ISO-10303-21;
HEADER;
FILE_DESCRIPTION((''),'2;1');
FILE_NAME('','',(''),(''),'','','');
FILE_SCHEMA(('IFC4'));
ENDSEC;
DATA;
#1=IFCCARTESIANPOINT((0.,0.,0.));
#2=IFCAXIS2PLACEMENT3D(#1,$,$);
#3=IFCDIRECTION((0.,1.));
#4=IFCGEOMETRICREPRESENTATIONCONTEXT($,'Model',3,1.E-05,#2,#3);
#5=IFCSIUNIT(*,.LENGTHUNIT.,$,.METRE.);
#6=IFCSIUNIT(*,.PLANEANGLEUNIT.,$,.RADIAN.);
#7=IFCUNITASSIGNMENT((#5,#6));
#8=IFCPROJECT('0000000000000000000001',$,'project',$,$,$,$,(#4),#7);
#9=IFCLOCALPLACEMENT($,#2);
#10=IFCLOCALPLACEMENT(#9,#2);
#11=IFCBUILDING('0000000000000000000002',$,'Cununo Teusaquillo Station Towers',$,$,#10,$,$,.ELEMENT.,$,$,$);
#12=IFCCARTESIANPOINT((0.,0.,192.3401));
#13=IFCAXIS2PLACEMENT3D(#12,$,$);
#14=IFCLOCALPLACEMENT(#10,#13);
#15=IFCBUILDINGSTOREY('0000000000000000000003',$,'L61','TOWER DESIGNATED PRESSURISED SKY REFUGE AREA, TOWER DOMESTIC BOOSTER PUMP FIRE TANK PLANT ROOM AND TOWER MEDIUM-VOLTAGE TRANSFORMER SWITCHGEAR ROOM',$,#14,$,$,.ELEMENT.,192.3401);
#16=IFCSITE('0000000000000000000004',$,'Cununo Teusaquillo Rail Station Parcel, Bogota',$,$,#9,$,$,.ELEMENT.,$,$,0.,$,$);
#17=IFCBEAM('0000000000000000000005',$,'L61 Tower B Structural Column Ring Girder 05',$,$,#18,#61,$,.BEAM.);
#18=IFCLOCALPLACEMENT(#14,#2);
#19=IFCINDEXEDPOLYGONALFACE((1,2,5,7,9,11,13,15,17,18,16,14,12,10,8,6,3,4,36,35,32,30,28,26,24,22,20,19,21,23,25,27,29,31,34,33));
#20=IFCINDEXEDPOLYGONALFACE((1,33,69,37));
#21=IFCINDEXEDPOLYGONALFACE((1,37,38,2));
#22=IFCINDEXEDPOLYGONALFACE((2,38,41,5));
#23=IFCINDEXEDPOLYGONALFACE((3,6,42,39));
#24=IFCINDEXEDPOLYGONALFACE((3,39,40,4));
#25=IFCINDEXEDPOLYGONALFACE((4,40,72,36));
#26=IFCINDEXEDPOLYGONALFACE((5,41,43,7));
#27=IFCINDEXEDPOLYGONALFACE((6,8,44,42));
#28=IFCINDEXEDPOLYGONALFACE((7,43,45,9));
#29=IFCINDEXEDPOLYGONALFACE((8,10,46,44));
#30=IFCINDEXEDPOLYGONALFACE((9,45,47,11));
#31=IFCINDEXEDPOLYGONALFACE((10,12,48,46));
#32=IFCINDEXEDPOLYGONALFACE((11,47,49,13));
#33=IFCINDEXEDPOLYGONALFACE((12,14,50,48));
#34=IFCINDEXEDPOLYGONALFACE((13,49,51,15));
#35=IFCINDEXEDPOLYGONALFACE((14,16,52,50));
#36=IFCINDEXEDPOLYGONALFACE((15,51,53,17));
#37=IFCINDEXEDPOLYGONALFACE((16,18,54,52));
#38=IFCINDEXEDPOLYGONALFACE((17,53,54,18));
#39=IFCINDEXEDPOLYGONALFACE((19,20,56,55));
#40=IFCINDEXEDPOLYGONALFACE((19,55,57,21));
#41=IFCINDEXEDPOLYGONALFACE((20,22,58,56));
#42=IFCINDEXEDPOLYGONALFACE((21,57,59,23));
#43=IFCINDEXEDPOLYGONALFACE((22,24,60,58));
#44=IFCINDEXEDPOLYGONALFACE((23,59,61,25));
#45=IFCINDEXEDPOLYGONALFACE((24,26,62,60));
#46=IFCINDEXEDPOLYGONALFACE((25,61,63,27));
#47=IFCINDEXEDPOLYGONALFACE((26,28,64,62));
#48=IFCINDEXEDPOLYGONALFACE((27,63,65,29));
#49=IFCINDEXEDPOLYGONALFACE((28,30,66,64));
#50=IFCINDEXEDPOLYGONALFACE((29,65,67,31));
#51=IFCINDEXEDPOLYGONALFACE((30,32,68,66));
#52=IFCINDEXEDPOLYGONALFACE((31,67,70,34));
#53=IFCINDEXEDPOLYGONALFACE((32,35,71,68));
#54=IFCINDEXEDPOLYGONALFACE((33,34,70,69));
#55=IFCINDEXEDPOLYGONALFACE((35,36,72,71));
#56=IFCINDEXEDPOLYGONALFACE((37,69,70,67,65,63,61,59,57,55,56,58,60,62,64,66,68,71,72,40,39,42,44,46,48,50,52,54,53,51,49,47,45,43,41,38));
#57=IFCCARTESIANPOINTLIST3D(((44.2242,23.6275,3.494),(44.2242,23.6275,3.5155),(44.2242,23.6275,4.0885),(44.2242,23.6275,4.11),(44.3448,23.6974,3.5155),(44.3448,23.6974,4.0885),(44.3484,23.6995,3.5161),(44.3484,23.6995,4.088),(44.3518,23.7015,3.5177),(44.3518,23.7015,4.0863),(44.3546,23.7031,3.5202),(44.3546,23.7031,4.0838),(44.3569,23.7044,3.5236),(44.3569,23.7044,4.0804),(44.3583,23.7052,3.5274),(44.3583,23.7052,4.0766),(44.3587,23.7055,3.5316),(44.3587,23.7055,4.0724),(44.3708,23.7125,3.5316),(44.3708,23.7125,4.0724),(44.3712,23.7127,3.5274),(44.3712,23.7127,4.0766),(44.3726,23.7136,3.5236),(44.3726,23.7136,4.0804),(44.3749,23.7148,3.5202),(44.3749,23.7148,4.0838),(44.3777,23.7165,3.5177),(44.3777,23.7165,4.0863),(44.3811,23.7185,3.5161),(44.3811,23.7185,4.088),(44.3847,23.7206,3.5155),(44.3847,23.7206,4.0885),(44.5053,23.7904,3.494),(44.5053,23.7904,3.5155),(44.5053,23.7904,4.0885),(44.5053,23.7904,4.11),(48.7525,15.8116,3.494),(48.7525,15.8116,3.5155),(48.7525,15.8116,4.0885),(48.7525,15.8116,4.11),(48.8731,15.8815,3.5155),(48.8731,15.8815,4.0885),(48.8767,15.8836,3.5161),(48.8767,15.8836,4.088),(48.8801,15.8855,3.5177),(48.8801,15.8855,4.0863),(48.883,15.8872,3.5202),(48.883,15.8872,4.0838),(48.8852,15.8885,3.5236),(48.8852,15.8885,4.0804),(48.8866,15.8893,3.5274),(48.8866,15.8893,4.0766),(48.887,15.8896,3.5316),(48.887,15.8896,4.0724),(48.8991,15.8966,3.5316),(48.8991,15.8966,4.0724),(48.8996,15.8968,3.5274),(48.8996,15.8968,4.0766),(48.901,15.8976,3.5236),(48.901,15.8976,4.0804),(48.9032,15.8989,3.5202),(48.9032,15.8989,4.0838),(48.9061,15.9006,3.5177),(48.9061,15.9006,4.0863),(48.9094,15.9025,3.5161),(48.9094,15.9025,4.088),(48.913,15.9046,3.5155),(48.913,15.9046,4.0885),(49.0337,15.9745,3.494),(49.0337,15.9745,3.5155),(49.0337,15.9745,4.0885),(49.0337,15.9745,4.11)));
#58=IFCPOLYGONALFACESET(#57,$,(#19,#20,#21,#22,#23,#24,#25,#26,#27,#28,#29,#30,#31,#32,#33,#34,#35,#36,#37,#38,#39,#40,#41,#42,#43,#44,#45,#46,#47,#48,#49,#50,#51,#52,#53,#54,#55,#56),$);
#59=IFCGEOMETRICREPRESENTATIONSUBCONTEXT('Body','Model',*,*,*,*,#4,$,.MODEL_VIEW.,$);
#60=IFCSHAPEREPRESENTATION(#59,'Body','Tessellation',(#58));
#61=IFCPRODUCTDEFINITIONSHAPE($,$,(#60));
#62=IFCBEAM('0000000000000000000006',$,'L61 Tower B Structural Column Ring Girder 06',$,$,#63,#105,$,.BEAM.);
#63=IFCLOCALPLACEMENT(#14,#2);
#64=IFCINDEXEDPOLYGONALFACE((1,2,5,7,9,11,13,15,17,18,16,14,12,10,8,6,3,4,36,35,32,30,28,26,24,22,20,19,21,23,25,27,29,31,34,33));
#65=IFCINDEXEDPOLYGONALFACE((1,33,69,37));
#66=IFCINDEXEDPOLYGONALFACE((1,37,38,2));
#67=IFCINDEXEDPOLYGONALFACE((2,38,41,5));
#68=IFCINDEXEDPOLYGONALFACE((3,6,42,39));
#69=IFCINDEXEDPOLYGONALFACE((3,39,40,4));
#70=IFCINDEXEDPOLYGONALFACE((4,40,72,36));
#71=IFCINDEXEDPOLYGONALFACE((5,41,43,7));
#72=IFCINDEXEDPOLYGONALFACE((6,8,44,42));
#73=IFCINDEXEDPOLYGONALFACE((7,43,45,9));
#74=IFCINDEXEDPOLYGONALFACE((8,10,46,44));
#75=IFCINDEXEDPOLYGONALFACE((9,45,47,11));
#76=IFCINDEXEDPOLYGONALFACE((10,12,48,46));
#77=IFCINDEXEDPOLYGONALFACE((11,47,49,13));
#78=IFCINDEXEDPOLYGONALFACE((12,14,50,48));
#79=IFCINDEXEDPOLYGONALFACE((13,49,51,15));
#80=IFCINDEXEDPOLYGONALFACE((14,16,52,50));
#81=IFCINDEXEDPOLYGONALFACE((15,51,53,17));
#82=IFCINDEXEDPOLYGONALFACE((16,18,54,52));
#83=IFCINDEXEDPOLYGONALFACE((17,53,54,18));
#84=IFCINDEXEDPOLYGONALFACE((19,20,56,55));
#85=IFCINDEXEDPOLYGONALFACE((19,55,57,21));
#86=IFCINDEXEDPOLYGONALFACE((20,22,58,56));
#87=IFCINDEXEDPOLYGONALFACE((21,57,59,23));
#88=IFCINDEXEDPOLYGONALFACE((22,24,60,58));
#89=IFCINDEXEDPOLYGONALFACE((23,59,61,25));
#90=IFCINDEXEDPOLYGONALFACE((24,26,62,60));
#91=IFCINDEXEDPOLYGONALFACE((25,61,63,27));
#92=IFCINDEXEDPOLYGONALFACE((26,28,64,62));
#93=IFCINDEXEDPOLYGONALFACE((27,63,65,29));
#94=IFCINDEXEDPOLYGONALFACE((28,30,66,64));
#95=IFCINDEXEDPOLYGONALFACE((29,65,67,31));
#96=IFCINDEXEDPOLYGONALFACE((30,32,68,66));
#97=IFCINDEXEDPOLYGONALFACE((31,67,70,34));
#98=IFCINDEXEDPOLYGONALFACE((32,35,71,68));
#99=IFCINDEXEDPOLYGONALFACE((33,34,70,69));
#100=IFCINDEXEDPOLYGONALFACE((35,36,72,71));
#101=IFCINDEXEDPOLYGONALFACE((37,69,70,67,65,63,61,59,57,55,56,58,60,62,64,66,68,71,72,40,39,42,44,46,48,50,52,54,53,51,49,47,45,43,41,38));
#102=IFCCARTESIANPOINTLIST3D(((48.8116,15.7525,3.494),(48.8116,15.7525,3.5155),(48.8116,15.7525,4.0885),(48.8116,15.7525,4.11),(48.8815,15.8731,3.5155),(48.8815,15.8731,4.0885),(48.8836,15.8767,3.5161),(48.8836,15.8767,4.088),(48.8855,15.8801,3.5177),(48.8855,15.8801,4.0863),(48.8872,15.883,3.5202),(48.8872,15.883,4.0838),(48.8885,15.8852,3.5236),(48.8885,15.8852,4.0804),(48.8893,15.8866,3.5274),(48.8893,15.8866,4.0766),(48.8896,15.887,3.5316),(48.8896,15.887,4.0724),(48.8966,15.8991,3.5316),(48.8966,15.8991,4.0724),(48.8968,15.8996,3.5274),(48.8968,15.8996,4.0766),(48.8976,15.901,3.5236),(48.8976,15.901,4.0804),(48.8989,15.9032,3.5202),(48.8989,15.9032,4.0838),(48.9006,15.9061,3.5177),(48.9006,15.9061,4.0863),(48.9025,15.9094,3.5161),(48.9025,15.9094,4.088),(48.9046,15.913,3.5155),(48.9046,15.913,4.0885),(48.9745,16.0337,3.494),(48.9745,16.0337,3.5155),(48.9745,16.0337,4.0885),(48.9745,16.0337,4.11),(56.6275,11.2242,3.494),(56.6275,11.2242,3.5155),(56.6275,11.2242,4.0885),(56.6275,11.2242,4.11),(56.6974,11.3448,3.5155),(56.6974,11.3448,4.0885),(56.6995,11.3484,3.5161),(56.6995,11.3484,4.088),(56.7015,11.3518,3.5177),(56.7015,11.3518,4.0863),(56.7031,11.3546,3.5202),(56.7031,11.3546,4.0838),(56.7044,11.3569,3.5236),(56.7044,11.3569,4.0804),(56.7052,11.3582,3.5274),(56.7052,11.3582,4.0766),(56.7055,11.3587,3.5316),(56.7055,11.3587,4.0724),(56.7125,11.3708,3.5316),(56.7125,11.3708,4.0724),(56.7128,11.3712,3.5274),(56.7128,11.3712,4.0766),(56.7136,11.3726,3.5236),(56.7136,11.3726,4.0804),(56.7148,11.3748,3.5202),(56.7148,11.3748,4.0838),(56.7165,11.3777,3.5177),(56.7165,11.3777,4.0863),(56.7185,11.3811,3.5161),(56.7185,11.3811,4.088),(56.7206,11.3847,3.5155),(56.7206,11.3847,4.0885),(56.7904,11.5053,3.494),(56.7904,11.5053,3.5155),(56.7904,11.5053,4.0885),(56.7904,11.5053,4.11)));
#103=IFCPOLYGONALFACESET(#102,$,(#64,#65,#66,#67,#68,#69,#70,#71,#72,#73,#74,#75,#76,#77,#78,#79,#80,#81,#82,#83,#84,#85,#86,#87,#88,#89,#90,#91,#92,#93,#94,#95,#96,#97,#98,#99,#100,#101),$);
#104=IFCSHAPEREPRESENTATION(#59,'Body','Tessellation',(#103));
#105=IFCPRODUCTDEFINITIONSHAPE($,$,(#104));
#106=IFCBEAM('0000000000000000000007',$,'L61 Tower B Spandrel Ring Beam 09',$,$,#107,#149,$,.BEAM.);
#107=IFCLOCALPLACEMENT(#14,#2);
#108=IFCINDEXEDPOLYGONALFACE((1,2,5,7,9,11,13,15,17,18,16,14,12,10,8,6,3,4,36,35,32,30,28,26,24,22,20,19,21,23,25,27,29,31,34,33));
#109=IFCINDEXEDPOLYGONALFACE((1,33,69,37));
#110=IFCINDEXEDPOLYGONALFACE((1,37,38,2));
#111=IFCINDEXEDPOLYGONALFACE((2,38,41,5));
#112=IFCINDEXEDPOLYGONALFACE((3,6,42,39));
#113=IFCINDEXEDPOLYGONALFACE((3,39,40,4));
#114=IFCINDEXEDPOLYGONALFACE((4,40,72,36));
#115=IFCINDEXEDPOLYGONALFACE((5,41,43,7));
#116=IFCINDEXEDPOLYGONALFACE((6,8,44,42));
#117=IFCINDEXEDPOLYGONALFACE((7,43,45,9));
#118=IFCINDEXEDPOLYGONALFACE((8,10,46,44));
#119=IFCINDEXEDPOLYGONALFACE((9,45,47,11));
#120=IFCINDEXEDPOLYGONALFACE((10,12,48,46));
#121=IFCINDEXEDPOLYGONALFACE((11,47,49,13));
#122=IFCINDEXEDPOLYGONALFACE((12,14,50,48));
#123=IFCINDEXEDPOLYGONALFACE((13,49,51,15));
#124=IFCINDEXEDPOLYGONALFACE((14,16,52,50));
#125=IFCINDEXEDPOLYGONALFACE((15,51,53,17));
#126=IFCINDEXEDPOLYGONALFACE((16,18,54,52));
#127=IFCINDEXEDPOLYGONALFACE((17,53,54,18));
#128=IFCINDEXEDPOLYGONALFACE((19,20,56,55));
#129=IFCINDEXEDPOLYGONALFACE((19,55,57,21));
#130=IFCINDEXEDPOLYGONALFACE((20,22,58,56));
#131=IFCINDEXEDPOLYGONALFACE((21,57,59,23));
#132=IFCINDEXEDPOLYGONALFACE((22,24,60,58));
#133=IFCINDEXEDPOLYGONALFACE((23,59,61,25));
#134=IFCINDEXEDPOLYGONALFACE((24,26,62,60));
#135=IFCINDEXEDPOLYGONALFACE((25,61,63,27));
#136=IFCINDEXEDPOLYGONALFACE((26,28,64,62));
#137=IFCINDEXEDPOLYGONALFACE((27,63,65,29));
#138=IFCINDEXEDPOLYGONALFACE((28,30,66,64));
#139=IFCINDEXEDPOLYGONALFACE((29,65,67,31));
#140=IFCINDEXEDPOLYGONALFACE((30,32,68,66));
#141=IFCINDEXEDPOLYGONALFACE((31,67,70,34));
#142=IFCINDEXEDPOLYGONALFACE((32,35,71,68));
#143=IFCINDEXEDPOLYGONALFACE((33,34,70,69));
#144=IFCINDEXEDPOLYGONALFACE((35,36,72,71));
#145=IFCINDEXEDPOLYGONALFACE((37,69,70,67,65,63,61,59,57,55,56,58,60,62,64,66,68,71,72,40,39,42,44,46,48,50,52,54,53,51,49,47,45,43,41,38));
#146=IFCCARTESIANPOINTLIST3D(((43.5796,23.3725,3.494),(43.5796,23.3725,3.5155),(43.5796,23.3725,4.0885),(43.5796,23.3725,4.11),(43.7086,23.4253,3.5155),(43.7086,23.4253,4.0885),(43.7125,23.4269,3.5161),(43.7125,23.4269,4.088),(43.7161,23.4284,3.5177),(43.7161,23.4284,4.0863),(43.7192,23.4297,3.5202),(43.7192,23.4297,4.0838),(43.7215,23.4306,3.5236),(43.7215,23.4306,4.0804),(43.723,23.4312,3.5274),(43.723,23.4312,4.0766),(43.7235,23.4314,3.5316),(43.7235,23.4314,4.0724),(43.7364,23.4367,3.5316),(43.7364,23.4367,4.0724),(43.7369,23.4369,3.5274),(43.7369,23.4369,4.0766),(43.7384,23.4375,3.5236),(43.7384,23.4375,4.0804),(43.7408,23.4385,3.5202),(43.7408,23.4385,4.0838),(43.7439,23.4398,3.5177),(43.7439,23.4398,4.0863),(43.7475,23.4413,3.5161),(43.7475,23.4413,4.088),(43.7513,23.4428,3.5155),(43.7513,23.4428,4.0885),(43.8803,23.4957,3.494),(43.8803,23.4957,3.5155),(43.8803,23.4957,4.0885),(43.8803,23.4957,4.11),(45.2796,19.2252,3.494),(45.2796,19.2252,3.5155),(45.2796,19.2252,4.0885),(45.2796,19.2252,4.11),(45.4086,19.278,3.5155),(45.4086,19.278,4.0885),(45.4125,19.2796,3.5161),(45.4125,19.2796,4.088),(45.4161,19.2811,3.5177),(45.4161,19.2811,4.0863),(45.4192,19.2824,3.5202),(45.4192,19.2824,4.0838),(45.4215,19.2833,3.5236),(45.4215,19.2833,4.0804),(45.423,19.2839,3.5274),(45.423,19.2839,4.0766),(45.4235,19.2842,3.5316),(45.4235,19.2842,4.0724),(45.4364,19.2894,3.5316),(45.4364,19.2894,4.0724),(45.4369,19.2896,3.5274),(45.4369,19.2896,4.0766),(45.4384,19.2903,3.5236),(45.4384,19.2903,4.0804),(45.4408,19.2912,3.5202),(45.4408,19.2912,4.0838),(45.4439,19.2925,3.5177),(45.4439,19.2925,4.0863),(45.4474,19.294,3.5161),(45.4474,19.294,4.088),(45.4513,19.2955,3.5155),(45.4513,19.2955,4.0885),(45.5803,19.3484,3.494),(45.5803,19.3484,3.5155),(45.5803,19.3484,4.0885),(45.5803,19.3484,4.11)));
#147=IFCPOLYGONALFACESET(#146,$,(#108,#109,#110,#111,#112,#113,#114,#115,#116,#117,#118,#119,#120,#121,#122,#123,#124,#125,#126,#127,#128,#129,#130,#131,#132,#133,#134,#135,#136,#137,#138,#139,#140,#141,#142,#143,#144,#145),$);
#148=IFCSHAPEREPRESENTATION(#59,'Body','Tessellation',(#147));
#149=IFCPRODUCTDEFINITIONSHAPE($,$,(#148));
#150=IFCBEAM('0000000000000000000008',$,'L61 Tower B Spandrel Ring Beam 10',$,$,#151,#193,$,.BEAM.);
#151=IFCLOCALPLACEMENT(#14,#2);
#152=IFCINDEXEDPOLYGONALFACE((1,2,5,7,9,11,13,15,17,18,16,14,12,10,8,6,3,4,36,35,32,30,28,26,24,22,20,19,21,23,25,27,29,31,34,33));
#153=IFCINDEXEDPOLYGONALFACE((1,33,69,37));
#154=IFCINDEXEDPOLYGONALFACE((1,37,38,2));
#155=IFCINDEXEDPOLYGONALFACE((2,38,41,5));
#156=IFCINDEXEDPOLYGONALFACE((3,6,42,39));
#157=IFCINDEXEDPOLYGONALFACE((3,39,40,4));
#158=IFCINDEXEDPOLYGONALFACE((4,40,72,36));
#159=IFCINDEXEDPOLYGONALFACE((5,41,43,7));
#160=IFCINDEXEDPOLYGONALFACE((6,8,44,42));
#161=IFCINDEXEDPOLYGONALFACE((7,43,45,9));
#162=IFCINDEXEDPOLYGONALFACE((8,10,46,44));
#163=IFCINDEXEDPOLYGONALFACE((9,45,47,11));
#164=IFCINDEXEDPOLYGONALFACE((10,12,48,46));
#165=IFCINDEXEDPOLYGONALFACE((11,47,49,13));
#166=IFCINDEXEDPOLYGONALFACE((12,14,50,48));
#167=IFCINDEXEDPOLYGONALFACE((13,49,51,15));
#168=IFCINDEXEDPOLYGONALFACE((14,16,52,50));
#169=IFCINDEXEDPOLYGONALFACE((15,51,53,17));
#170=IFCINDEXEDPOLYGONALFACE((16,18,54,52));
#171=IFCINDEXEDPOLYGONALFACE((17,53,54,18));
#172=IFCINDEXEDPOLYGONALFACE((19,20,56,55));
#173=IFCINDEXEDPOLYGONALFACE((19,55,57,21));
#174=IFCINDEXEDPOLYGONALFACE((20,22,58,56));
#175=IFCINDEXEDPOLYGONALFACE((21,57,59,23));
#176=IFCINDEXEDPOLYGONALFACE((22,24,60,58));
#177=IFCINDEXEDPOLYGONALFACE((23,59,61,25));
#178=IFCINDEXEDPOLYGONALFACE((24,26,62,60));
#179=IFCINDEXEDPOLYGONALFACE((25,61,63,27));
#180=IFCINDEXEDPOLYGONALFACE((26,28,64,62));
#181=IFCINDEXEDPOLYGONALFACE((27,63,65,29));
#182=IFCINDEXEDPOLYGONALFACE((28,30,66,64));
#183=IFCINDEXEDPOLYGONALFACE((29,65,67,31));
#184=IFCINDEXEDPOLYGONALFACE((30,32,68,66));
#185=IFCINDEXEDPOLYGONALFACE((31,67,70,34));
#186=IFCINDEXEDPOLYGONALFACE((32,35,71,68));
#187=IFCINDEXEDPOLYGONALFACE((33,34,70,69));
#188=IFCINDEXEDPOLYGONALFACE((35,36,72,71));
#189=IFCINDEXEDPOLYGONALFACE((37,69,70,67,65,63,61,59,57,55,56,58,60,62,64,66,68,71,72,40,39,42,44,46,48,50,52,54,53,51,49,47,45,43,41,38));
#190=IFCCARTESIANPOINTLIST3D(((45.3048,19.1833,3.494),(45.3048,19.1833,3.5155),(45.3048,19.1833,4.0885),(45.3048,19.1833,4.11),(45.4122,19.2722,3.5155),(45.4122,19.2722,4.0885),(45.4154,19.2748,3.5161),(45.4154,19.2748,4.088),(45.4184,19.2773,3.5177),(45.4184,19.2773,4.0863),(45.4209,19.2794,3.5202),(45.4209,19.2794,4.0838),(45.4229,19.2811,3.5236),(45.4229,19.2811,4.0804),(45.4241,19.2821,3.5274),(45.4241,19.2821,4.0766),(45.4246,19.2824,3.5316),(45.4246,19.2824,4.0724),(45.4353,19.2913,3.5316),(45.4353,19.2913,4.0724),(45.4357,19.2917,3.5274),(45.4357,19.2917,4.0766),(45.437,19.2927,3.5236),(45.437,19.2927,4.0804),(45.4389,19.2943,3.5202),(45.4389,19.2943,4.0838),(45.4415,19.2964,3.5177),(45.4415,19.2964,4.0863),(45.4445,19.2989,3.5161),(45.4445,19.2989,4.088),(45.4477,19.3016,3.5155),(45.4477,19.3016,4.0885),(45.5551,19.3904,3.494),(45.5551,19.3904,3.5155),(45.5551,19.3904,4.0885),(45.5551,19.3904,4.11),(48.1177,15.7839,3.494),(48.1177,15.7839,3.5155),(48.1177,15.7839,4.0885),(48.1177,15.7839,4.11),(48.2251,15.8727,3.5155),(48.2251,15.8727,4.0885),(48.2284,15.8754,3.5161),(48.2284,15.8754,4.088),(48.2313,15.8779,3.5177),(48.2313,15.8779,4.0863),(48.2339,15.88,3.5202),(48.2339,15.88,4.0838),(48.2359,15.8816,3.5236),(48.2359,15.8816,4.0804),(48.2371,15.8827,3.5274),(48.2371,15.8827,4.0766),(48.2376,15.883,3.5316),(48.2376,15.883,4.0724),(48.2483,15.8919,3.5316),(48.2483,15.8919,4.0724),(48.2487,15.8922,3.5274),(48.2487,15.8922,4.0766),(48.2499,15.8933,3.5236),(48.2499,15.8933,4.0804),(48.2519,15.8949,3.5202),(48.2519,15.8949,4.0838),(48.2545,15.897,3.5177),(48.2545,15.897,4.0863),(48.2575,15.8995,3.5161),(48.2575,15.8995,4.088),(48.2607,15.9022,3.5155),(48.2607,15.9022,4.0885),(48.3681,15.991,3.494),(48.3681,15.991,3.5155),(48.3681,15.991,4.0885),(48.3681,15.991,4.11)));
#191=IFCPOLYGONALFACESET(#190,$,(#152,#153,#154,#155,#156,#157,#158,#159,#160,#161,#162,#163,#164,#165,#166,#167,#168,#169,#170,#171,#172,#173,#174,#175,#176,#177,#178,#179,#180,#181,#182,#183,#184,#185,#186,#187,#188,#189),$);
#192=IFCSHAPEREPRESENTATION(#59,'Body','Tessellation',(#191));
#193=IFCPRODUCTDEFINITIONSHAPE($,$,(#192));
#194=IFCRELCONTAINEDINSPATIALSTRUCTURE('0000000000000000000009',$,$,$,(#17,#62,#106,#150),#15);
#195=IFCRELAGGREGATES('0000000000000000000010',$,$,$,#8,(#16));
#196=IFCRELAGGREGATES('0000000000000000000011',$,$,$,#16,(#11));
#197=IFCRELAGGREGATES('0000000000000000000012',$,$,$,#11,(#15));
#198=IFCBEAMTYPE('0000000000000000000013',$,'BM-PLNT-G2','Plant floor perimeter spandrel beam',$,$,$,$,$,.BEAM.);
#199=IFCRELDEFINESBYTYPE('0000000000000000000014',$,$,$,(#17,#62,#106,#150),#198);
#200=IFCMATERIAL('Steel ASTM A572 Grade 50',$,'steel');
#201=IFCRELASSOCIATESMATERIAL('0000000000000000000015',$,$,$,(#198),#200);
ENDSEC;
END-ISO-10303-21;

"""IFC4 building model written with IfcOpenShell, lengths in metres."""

from ifc_helpers import new_model, si_unit, direction, frame, origin, origin_2d, place, context, subcontext, project, spatial, i_section, extrude, material, material_profile, profile_set, type_object, element, save


model = new_model("IFC4")

# Units and contexts
model_context = context("Model", 3, precision=1e-05, world=origin(), true_north=direction((0.0, 1.0)))
body_context = subcontext(model_context, "Body", "Model", "MODEL_VIEW")
ifc_project = project(units=[si_unit("LENGTHUNIT", "METRE"), si_unit("PLANEANGLEUNIT", "RADIAN")], contexts=[model_context])

# Site, building, storey
site_placement = place(None, origin())
site = spatial("IfcSite", under=ifc_project, at=site_placement, Name="Cununo Teusaquillo Rail Station Parcel, Bogota", CompositionType="ELEMENT", RefElevation=0.0)
building_placement = place(site_placement, origin())
building = spatial("IfcBuilding", under=site, at=building_placement, Name="Cununo Teusaquillo Station Towers", CompositionType="ELEMENT")
storey_placement = place(building_placement, frame((0.0, 0.0, 192.3401)))
storey = spatial("IfcBuildingStorey", under=building, at=storey_placement, Name="L61", Description="TOWER DESIGNATED PRESSURISED SKY REFUGE AREA, TOWER DOMESTIC BOOSTER PUMP FIRE TANK PLANT ROOM AND TOWER MEDIUM-VOLTAGE TRANSFORMER SWITCHGEAR ROOM", CompositionType="ELEMENT", Elevation=192.3401)

# Beams
ifc_material_1 = material(Name="Steel ASTM A572 Grade 50", Category="steel")
ifc_material_profile_1 = material_profile(ifc_material_1, i_section(OverallWidth=0.325, OverallDepth=0.616, WebThickness=0.0139, FlangeThickness=0.0215, FilletRadius=0.0161, at=origin_2d()), Name="W24X117")
ifc_profile_set_1 = profile_set([ifc_material_profile_1], Name="Steel ASTM A572 Grade 50")
beam_type_1 = type_object("IfcBeamType", Name="BM-PLNT-G2", Description="Plant floor perimeter spandrel beam", PredefinedType="BEAM", material=ifc_profile_set_1)
for number, where, z_axis, x_axis, name in (
    (1, (44.3647, 23.709, 3.802), (0.501311, -0.865267, 0.0), (0.865267, 0.501311, 0.0), "L61 Tower B Structural Column Ring Girder 05"),
    (2, (48.8931, 15.8931, 3.802), (0.865267, -0.501311, 0.0), (0.501311, 0.865267, 0.0), "L61 Tower B Structural Column Ring Girder 06"),
):
    element("IfcBeam", number, at=place(storey_placement, frame(where, z_axis=z_axis, x_axis=x_axis)), inside=storey, type_object=beam_type_1, Name=name, PredefinedType="BEAM", context=body_context, shape_type="SweptSolid", body=[
        extrude(i_section(OverallWidth=0.325, OverallDepth=0.616, WebThickness=0.0139, FlangeThickness=0.0215, FilletRadius=0.0161, at=origin_2d()), origin(), (0.0, 0.0, 1.0), 9.033),
    ])
beam_1_placement = place(storey_placement, frame((43.73, 23.4341, 3.802), z_axis=(0.379275, -0.925284, 0.0), x_axis=(0.925284, 0.379275, 0.0)))
element("IfcBeam", 3, at=beam_1_placement, inside=storey, type_object=beam_type_1, Name="L61 Tower B Spandrel Ring Beam 09", PredefinedType="BEAM", context=body_context, shape_type="SweptSolid", body=[
    extrude(i_section(OverallWidth=0.325, OverallDepth=0.616, WebThickness=0.0139, FlangeThickness=0.0215, FilletRadius=0.0161, at=origin_2d()), origin(), (0.0, 0.0, 1.0), 4.4822),
])
beam_2_placement = place(storey_placement, frame((45.4299, 19.2869, 3.802), z_axis=(0.637525, -0.77043, 0.0), x_axis=(0.77043, 0.637525, 0.0)))
element("IfcBeam", 4, at=beam_2_placement, inside=storey, type_object=beam_type_1, Name="L61 Tower B Spandrel Ring Beam 10", PredefinedType="BEAM", context=body_context, shape_type="SweptSolid", body=[
    extrude(i_section(OverallWidth=0.325, OverallDepth=0.616, WebThickness=0.0139, FlangeThickness=0.0215, FilletRadius=0.0161, at=origin_2d()), origin(), (0.0, 0.0, 1.0), 4.4124),
])

save(model, "model.ifc")
